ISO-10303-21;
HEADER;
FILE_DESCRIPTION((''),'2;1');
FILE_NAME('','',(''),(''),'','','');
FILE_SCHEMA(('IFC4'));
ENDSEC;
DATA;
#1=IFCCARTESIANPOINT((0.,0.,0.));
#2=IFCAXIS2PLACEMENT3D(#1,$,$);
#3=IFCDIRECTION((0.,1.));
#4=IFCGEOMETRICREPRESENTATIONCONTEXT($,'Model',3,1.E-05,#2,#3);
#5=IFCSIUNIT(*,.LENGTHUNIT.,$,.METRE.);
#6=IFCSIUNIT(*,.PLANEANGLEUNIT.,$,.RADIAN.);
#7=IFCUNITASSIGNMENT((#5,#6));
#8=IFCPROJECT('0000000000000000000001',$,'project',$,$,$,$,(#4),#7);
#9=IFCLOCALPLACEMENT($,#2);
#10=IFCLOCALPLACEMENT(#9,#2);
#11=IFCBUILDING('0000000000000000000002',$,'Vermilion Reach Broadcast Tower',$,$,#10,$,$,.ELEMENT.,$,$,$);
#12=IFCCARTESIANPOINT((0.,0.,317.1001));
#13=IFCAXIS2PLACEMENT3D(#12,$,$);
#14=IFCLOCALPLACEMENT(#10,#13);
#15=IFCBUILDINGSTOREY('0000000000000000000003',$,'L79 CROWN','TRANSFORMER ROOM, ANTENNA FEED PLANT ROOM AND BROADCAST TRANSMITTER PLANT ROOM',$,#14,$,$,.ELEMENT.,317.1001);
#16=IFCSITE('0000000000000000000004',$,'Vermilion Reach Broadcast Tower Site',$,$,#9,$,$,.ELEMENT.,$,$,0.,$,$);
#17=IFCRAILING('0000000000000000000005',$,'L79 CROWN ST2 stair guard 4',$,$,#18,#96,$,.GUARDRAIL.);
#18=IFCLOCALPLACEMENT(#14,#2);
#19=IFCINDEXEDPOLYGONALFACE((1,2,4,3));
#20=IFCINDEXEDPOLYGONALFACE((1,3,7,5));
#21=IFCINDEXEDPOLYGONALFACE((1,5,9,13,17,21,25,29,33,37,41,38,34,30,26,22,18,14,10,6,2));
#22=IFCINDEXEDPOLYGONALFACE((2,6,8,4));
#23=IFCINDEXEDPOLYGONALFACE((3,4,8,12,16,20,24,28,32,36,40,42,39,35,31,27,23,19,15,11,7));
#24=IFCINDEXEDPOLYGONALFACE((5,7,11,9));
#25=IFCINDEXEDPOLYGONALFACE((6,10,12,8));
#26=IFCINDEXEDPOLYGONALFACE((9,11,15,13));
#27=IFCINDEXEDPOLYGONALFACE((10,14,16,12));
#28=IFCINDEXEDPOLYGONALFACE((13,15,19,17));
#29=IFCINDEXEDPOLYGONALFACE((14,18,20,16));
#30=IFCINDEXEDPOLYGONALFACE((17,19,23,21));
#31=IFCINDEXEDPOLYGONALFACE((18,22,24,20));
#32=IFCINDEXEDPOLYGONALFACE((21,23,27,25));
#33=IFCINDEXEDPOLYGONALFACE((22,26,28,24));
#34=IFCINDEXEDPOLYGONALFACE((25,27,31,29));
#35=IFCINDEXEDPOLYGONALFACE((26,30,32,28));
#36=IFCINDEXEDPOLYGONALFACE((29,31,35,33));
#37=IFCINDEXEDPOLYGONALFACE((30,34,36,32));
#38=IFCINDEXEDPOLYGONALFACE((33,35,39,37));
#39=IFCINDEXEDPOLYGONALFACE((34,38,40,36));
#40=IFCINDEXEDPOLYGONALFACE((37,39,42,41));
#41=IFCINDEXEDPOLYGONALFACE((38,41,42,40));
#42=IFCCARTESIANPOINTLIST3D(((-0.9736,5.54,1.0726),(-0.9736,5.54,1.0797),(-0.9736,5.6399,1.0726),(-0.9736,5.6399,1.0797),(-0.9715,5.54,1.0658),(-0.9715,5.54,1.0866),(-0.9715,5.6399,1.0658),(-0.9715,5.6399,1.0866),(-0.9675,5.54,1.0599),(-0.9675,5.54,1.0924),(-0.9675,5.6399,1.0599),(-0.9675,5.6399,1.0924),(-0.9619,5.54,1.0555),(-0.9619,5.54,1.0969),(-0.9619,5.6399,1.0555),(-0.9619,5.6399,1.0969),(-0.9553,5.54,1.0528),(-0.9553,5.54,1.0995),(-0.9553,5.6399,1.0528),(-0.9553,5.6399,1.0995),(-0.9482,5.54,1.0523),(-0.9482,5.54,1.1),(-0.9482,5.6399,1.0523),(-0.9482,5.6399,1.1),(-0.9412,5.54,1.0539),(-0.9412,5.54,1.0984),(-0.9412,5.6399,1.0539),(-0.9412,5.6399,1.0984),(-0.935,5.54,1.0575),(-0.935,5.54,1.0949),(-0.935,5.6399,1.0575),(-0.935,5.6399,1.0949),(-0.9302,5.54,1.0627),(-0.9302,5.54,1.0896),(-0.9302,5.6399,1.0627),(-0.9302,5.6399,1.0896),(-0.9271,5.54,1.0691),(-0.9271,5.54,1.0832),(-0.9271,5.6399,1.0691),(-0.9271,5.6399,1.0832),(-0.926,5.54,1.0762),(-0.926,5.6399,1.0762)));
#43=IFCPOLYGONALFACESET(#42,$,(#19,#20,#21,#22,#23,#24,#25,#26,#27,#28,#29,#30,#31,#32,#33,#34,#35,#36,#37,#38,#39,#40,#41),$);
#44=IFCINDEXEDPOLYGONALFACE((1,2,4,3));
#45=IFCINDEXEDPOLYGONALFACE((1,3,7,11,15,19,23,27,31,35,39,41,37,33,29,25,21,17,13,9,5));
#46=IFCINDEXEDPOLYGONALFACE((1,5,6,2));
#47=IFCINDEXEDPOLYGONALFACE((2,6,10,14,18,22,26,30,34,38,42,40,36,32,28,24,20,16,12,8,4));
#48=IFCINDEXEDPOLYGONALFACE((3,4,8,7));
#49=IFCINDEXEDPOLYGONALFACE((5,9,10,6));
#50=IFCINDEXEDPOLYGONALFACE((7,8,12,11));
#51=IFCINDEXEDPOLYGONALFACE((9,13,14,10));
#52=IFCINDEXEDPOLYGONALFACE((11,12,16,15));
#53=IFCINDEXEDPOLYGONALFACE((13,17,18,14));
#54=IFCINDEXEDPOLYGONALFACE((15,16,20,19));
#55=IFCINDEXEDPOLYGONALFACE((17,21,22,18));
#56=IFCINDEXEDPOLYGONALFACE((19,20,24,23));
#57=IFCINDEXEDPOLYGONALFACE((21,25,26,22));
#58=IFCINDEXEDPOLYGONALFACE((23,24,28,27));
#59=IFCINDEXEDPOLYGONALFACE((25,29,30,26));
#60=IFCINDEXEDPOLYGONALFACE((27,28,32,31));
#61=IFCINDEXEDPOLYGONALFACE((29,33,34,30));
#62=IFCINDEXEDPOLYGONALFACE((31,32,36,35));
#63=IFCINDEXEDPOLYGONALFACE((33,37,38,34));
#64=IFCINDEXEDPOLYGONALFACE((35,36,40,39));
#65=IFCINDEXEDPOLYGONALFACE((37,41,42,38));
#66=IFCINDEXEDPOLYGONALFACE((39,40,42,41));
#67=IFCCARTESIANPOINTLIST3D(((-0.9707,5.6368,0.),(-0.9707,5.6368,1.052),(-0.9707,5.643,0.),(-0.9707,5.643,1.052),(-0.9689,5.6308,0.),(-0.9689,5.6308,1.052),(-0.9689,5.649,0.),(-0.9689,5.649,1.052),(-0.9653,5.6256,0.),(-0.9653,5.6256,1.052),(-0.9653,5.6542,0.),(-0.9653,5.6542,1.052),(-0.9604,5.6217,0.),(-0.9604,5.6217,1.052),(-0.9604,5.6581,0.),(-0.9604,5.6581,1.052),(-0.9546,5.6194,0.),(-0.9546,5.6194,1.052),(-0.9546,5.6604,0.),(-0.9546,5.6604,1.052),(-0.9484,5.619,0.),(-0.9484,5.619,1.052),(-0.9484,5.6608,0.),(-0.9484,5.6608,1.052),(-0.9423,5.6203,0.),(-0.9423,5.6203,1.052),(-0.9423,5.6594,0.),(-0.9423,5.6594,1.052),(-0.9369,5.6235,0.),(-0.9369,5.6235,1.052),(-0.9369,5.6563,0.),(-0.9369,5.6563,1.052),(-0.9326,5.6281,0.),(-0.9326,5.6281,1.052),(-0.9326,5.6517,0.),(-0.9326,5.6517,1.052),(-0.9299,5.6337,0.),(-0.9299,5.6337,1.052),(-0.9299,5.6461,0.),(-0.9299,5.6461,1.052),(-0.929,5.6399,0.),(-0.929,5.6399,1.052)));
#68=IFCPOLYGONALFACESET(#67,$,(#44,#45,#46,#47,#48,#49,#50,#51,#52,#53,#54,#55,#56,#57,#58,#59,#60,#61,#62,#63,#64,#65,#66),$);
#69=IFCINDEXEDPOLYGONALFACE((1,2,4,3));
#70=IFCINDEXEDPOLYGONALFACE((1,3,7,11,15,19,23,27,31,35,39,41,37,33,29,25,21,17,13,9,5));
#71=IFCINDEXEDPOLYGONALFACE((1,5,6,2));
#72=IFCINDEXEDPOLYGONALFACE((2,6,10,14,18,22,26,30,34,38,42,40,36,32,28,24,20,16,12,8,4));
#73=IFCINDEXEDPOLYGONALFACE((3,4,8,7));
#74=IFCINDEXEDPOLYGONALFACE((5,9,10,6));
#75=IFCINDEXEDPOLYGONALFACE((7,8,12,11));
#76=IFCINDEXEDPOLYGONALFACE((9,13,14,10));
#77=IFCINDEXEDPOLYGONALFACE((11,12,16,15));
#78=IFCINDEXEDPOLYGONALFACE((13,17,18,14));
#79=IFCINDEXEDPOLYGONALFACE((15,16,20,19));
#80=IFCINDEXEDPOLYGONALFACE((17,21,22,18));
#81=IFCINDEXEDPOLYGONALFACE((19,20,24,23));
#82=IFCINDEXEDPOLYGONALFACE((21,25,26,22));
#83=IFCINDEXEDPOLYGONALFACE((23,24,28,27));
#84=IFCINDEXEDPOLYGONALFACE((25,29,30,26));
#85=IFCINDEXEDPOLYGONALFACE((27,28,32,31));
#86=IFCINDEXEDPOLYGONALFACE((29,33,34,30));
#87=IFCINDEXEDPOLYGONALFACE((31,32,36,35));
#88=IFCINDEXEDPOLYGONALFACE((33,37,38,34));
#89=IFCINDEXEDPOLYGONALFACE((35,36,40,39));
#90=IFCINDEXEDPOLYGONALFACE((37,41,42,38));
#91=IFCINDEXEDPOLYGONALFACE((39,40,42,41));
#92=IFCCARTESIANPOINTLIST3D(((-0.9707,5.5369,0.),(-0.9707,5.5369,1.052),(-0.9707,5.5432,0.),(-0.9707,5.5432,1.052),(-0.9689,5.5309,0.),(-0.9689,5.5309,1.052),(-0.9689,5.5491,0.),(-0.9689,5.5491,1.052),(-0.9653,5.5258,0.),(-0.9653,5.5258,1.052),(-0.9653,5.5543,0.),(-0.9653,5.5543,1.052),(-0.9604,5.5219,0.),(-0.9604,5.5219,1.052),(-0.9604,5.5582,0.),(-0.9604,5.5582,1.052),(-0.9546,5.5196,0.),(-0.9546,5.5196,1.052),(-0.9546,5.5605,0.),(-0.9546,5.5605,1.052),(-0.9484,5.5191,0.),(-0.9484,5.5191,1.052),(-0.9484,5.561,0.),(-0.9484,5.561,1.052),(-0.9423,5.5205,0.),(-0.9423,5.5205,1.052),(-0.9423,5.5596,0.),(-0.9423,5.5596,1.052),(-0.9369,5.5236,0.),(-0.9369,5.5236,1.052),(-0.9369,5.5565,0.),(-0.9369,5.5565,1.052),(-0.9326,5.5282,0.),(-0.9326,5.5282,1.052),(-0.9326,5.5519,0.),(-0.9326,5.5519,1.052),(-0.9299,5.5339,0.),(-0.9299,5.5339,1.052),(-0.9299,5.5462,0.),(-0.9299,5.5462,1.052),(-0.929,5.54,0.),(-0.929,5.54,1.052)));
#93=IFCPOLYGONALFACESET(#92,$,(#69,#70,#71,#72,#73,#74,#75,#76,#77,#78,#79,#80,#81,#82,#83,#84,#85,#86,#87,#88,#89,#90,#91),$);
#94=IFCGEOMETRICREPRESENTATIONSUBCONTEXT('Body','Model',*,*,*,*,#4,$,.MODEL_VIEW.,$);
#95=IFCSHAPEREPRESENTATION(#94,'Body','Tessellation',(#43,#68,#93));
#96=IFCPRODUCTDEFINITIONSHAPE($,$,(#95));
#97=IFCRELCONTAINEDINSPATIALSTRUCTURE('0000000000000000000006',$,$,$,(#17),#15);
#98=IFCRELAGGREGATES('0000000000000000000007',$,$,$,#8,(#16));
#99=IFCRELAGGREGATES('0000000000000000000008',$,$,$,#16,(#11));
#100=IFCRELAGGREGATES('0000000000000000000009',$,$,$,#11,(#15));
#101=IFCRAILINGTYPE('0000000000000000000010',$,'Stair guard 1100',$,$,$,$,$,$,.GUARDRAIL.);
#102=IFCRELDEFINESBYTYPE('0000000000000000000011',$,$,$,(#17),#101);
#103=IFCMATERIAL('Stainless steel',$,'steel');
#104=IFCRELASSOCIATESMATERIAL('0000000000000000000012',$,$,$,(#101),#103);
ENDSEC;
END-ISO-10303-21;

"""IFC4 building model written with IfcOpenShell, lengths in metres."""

from ifc_helpers import new_model, si_unit, direction, frame, origin, origin_2d, place, context, subcontext, project, spatial, circle, extrude, material, type_object, element, save


model = new_model("IFC4")

# Units and contexts
model_context = context("Model", 3, precision=1e-05, world=origin(), true_north=direction((0.0, 1.0)))
body_context = subcontext(model_context, "Body", "Model", "MODEL_VIEW")
ifc_project = project(units=[si_unit("LENGTHUNIT", "METRE"), si_unit("PLANEANGLEUNIT", "RADIAN")], contexts=[model_context])

# Site, building, storey
site_placement = place(None, origin())
site = spatial("IfcSite", under=ifc_project, at=site_placement, Name="Vermilion Reach Broadcast Tower Site", CompositionType="ELEMENT", RefElevation=0.0)
building_placement = place(site_placement, origin())
building = spatial("IfcBuilding", under=site, at=building_placement, Name="Vermilion Reach Broadcast Tower", CompositionType="ELEMENT")
storey_placement = place(building_placement, frame((0.0, 0.0, 317.1001)))
storey = spatial("IfcBuildingStorey", under=building, at=storey_placement, Name="L79 CROWN", Description="TRANSFORMER ROOM, ANTENNA FEED PLANT ROOM AND BROADCAST TRANSMITTER PLANT ROOM", CompositionType="ELEMENT", Elevation=317.1001)

# Railing
ifc_material_1 = material(Name="Stainless steel", Category="steel")
railing_type_1 = type_object("IfcRailingType", Name="Stair guard 1100", PredefinedType="GUARDRAIL", material=ifc_material_1)
railing_1_placement = place(storey_placement, frame((-0.95, 5.6399, 0.0)))
element("IfcRailing", 1, at=railing_1_placement, inside=storey, type_object=railing_type_1, Name="L79 CROWN ST2 stair guard 4", PredefinedType="GUARDRAIL", context=body_context, shape_type="SweptSolid", body=[
    extrude(circle(Radius=0.0239, at=origin_2d()), frame((0.0, 0.0, 1.0762), z_axis=(0.0, -1.0, 0.0), x_axis=(1.0, 0.0, 0.0)), (0.0, 0.0, 1.0), 0.0999),
    extrude(circle(Radius=0.021, at=origin_2d()), origin(), (0.0, 0.0, 1.0), 1.052),
    extrude(circle(Radius=0.021, at=origin_2d()), frame((0.0, -0.0999, 0.0)), (0.0, 0.0, 1.0), 1.052),
])

save(model, "model.ifc")
